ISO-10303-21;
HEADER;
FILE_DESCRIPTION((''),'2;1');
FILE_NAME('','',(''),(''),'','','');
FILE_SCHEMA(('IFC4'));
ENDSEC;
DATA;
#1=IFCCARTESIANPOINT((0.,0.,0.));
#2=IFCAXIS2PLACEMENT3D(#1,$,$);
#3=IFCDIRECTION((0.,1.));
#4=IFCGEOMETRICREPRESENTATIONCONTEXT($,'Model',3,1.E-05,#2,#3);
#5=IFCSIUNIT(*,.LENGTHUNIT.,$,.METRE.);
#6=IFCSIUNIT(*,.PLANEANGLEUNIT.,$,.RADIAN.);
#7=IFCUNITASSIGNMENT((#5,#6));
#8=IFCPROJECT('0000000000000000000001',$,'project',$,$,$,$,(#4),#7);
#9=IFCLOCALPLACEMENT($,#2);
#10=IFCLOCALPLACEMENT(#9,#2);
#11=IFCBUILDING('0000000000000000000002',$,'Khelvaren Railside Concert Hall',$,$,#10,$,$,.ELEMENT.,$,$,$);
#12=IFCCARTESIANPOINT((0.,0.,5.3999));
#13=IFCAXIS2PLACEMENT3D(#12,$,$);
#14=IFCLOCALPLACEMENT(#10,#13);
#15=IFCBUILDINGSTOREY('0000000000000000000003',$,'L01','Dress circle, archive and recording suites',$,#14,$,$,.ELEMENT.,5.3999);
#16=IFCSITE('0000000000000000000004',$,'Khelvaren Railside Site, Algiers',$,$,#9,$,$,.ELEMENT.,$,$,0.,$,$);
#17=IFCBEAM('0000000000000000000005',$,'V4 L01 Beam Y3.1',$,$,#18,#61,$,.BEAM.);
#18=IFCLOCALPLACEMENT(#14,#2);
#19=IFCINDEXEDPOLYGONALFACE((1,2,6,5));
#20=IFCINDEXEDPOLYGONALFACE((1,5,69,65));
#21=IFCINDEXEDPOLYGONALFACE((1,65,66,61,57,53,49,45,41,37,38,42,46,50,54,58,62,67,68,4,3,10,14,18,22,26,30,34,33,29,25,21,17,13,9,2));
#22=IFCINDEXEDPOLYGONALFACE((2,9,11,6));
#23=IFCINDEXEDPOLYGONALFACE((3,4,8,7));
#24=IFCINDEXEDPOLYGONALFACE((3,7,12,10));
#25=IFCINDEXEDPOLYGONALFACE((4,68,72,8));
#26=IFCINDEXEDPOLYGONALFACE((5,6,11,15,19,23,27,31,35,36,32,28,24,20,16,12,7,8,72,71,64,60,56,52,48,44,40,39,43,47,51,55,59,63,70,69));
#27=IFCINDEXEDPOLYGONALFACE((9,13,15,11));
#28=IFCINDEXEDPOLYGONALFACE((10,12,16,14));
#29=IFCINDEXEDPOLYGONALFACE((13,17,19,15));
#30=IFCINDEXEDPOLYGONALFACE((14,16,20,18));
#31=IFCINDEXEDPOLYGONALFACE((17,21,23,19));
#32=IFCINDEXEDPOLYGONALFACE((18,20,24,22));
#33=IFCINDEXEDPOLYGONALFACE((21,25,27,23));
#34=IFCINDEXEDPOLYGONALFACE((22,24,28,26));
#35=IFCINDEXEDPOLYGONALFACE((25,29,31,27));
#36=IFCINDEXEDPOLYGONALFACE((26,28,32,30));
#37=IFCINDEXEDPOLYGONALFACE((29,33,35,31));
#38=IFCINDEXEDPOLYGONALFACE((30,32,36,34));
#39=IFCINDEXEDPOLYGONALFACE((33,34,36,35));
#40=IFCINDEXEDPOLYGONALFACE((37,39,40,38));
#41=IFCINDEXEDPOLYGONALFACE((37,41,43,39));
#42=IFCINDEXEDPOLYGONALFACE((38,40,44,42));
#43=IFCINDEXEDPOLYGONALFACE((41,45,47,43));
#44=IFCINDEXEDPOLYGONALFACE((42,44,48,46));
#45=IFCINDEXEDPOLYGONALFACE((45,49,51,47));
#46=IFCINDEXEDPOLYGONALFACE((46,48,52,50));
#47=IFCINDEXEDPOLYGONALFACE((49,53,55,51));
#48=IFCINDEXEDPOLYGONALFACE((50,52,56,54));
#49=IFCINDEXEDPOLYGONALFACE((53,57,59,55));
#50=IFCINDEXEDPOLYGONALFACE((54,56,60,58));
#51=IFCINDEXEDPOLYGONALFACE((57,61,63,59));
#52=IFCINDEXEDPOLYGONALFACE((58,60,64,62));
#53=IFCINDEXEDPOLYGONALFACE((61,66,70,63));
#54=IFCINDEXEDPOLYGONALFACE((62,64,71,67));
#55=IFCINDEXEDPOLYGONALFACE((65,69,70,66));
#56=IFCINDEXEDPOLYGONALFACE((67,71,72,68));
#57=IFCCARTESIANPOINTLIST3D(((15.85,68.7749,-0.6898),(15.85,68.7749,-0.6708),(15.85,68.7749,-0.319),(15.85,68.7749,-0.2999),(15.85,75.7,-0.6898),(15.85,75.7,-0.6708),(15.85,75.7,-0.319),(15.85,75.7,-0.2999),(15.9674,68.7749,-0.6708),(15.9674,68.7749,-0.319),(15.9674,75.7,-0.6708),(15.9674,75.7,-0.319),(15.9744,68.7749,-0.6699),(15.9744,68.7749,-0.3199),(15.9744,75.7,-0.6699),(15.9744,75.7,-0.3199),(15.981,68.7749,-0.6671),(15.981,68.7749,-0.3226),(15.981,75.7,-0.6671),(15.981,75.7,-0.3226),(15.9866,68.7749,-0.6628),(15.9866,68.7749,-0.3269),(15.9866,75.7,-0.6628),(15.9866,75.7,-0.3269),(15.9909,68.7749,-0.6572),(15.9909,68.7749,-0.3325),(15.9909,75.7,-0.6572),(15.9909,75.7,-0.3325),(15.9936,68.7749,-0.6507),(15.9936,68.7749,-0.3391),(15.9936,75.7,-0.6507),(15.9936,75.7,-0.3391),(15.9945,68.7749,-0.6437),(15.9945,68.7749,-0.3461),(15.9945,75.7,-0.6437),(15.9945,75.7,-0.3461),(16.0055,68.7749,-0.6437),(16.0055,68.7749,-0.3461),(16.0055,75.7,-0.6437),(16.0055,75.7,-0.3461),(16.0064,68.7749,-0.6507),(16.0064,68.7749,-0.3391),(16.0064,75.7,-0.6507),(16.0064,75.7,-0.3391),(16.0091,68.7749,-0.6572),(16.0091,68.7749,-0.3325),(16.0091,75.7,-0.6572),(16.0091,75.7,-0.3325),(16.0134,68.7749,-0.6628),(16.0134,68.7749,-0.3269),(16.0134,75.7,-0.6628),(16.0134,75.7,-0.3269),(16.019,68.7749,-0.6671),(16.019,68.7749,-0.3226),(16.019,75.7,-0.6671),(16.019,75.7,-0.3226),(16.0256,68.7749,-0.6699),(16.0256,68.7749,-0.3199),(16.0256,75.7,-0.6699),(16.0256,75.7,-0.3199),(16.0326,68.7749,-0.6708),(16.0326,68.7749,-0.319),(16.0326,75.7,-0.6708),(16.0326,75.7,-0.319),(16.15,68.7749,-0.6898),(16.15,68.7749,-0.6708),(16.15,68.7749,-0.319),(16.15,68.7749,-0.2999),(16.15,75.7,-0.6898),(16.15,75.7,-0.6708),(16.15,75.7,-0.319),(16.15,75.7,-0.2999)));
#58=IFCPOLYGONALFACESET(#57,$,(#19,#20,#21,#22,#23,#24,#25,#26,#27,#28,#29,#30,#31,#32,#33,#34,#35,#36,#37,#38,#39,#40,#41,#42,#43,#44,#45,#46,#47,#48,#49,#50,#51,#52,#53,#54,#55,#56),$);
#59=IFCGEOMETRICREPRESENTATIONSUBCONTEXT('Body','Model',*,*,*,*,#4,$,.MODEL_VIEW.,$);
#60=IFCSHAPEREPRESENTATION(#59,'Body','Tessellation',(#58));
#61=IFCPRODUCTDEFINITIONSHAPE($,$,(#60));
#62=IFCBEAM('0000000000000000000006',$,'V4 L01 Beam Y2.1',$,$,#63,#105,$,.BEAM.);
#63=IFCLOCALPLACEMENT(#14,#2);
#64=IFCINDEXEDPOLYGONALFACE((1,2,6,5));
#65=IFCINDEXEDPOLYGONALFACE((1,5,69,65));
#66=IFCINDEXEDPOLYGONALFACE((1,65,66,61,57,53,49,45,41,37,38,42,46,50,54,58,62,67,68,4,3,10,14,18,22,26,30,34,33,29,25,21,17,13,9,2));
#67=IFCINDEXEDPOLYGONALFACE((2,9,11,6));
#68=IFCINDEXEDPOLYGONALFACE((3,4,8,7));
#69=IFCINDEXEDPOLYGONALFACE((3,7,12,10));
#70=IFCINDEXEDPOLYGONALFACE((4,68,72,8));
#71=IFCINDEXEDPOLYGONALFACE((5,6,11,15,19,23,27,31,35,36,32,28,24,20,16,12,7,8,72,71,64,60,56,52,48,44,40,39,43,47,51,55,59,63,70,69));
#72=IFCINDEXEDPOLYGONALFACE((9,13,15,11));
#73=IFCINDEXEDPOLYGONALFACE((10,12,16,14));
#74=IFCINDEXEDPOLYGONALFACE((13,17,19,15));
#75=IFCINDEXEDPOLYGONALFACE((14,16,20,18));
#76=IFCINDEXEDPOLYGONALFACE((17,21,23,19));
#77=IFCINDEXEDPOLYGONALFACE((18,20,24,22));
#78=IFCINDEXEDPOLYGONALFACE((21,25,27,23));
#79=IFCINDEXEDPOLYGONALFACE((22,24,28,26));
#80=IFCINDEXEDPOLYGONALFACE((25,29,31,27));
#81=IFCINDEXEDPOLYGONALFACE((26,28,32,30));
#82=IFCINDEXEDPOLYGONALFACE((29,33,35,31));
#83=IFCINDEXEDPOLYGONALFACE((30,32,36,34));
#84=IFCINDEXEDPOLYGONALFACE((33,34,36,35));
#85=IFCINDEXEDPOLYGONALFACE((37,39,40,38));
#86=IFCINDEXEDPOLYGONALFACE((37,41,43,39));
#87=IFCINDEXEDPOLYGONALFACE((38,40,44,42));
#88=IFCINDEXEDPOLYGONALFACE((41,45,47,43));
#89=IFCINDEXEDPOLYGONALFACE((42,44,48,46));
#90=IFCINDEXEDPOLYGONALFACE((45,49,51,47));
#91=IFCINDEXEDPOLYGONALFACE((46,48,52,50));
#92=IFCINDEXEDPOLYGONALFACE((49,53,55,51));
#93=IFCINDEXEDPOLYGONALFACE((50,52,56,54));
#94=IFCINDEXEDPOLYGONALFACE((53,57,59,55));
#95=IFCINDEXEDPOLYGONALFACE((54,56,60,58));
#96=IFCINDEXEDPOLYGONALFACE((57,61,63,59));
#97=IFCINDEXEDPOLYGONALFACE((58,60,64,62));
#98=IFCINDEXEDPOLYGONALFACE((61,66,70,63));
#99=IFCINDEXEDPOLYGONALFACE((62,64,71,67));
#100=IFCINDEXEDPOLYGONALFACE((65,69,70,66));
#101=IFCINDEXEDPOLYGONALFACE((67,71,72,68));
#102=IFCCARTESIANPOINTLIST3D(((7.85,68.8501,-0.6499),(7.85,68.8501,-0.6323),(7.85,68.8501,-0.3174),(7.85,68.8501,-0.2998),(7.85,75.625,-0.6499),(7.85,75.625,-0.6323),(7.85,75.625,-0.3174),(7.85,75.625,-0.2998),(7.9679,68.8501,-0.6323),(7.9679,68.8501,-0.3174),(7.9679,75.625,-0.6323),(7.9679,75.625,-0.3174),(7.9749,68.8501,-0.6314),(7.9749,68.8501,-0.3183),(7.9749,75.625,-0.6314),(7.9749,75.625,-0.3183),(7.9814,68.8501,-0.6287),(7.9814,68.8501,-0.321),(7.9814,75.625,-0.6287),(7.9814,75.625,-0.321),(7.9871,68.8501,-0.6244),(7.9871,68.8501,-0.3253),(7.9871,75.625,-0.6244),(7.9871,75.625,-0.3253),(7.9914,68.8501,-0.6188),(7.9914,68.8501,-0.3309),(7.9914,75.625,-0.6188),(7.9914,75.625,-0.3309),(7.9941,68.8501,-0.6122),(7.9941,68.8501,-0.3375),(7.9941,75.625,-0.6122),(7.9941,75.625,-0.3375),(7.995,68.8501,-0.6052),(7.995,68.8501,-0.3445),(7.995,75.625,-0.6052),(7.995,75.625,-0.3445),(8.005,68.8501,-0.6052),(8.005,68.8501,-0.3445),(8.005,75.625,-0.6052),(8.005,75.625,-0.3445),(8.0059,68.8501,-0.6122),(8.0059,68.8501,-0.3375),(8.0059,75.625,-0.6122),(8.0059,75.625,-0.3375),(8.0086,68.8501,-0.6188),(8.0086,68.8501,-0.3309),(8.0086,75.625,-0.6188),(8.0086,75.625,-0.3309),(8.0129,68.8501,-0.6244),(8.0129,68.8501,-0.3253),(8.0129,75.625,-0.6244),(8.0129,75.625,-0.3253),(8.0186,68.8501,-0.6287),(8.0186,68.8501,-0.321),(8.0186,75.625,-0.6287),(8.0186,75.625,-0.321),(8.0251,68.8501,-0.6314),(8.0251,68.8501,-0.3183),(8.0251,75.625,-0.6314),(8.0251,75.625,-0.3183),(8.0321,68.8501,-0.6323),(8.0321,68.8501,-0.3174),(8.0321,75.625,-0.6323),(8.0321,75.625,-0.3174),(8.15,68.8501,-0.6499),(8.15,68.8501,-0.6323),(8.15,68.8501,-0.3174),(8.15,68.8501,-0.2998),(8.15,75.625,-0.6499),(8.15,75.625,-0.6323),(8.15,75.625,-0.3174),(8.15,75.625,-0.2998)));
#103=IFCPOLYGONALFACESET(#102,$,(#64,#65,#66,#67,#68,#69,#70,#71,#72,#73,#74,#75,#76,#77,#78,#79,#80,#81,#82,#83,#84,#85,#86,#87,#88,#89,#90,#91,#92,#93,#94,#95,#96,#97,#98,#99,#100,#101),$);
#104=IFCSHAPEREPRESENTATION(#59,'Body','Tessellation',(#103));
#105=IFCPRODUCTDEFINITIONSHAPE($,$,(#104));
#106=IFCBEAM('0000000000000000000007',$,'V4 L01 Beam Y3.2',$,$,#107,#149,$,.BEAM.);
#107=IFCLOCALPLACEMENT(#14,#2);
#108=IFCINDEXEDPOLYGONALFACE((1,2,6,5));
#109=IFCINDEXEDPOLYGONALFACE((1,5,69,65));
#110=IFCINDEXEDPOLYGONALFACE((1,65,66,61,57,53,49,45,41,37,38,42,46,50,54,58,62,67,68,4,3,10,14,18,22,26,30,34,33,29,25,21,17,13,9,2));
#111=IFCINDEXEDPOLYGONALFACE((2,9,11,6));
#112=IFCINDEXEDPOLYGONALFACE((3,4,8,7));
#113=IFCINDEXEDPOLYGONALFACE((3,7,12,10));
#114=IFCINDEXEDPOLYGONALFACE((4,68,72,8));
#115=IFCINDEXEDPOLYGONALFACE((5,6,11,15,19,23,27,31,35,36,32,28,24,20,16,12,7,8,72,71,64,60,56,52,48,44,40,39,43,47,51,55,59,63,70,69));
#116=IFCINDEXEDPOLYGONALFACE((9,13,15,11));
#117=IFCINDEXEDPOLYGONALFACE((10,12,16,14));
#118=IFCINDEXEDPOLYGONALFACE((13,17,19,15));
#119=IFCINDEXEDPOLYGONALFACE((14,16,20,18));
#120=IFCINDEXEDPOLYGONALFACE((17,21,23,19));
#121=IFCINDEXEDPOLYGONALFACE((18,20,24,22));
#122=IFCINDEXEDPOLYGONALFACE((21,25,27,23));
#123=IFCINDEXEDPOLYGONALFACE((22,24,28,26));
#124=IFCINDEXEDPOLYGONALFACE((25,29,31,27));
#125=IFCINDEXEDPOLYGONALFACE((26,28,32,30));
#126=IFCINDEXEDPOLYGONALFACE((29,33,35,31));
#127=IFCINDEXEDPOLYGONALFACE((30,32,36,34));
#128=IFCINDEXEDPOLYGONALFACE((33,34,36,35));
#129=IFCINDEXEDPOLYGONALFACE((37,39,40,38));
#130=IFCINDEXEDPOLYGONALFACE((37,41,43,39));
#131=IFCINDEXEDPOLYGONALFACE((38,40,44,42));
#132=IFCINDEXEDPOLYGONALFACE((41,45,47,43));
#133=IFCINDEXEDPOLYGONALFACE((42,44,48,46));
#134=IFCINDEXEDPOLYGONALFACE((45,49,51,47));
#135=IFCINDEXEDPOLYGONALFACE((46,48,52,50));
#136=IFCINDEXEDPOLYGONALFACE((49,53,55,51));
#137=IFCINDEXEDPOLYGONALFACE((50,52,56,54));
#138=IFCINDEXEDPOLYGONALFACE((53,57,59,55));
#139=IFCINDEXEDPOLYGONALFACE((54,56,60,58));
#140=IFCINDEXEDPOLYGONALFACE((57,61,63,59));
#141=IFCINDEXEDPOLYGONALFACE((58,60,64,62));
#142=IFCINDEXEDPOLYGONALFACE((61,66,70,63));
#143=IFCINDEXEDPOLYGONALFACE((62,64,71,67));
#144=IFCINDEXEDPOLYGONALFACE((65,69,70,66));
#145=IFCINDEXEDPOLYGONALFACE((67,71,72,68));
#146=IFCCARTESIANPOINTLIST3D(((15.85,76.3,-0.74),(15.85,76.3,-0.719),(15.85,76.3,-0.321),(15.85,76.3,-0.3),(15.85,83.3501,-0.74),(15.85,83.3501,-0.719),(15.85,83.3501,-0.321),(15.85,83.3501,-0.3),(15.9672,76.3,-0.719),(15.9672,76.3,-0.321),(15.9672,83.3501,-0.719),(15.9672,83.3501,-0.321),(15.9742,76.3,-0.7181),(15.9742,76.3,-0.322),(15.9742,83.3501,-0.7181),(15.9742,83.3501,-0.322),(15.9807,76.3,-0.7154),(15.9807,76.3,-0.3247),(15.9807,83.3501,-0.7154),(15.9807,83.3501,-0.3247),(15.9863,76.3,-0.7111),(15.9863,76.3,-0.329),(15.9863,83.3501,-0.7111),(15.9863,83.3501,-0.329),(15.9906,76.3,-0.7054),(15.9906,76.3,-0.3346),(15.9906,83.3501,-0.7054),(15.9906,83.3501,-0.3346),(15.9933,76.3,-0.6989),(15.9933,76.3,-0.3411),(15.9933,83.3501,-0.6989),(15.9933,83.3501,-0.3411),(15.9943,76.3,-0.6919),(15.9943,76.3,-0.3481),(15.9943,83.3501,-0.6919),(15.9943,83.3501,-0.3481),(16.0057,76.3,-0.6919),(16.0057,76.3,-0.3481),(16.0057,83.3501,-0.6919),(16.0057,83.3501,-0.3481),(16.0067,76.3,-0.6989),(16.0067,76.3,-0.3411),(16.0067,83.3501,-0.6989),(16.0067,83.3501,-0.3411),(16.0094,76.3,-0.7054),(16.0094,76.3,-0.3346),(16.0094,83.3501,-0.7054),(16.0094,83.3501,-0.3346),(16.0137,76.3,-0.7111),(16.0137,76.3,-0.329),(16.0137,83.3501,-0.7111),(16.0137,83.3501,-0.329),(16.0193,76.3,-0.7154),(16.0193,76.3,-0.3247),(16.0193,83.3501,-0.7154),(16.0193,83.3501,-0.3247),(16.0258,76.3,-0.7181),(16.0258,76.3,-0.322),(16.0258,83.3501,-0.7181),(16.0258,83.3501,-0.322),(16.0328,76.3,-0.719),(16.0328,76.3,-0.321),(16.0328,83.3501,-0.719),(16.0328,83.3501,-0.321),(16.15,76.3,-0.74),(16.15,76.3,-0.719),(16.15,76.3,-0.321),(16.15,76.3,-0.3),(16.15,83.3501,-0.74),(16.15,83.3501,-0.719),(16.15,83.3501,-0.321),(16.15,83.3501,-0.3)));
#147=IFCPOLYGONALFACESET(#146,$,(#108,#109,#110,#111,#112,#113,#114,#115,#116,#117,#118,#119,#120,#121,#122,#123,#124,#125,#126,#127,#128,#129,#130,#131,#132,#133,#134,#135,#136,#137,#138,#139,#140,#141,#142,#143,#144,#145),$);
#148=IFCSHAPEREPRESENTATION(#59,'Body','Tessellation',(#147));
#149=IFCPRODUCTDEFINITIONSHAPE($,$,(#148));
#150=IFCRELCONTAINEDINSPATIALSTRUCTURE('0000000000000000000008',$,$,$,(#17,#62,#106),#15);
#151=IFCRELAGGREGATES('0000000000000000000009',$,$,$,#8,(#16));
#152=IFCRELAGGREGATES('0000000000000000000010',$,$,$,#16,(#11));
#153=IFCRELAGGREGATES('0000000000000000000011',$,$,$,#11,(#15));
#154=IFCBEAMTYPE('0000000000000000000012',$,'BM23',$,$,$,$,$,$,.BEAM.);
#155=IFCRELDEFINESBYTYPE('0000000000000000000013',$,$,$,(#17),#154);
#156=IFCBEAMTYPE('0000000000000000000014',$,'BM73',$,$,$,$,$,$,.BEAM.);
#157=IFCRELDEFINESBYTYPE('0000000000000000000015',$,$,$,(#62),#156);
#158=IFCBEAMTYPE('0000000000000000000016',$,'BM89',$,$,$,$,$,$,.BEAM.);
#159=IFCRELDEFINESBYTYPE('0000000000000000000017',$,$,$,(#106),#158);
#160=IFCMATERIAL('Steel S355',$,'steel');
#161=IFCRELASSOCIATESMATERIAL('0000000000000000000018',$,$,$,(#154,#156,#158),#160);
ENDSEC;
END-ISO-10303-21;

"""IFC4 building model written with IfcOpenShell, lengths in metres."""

from ifc_helpers import new_model, si_unit, direction, frame, origin, origin_2d, place, context, subcontext, project, spatial, i_section, extrude, material, material_profile, profile_set, type_object, element, save


model = new_model("IFC4")

# Units and contexts
model_context = context("Model", 3, precision=1e-05, world=origin(), true_north=direction((0.0, 1.0)))
body_context = subcontext(model_context, "Body", "Model", "MODEL_VIEW")
ifc_project = project(units=[si_unit("LENGTHUNIT", "METRE"), si_unit("PLANEANGLEUNIT", "RADIAN")], contexts=[model_context])

# Site, building, storey
site_placement = place(None, origin())
site = spatial("IfcSite", under=ifc_project, at=site_placement, Name="Khelvaren Railside Site, Algiers", CompositionType="ELEMENT", RefElevation=0.0)
building_placement = place(site_placement, origin())
building = spatial("IfcBuilding", under=site, at=building_placement, Name="Khelvaren Railside Concert Hall", CompositionType="ELEMENT")
storey_placement = place(building_placement, frame((0.0, 0.0, 5.3999)))
storey = spatial("IfcBuildingStorey", under=building, at=storey_placement, Name="L01", Description="Dress circle, archive and recording suites", CompositionType="ELEMENT", Elevation=5.3999)

# Beams
ifc_material_1 = material(Name="Steel S355", Category="steel")
ifc_material_profile_1 = material_profile(ifc_material_1, i_section(OverallWidth=0.3, OverallDepth=0.3899, WebThickness=0.011, FlangeThickness=0.019, FilletRadius=0.0271, at=origin_2d()), Name="HEA 400")
ifc_profile_set_1 = profile_set([ifc_material_profile_1], Name="Steel S355")
beam_type_1 = type_object("IfcBeamType", Name="BM23", PredefinedType="BEAM", material=ifc_profile_set_1)
for number, where, z_axis, x_axis, name in (
    (1, (16.0, 68.7749, -0.4949), (0.0, 1.0, 0.0), (-1.0, 0.0, 0.0), "V4 L01 Beam Y3.1"),
):
    element("IfcBeam", number, at=place(storey_placement, frame(where, z_axis=z_axis, x_axis=x_axis)), inside=storey, type_object=beam_type_1, Name=name, PredefinedType="BEAM", context=body_context, shape_type="SweptSolid", body=[
        extrude(i_section(OverallWidth=0.3, OverallDepth=0.3899, WebThickness=0.011, FlangeThickness=0.019, FilletRadius=0.0271, at=origin_2d()), origin(), (0.0, 0.0, 1.0), 6.925),
    ])
ifc_material_profile_2 = material_profile(ifc_material_1, i_section(OverallWidth=0.3, OverallDepth=0.3501, WebThickness=0.01, FlangeThickness=0.0176, FilletRadius=0.0271, at=origin_2d()), Name="HEA 360")
ifc_profile_set_2 = profile_set([ifc_material_profile_2], Name="Steel S355")
beam_type_2 = type_object("IfcBeamType", Name="BM73", PredefinedType="BEAM", material=ifc_profile_set_2)
beam_1_placement = place(storey_placement, frame((8.0, 68.8501, -0.4749), z_axis=(0.0, 1.0, 0.0), x_axis=(-1.0, 0.0, 0.0)))
element("IfcBeam", 2, at=beam_1_placement, inside=storey, type_object=beam_type_2, Name="V4 L01 Beam Y2.1", PredefinedType="BEAM", context=body_context, shape_type="SweptSolid", body=[
    extrude(i_section(OverallWidth=0.3, OverallDepth=0.3501, WebThickness=0.01, FlangeThickness=0.0176, FilletRadius=0.0271, at=origin_2d()), origin(), (0.0, 0.0, 1.0), 6.7749),
])
ifc_material_profile_3 = material_profile(ifc_material_1, i_section(OverallWidth=0.3, OverallDepth=0.4399, WebThickness=0.0115, FlangeThickness=0.021, FilletRadius=0.0271, at=origin_2d()), Name="HEA 450")
ifc_profile_set_3 = profile_set([ifc_material_profile_3], Name="Steel S355")
beam_type_3 = type_object("IfcBeamType", Name="BM89", PredefinedType="BEAM", material=ifc_profile_set_3)
beam_2_placement = place(storey_placement, frame((16.0, 76.3, -0.52), z_axis=(0.0, 1.0, 0.0), x_axis=(-1.0, 0.0, 0.0)))
element("IfcBeam", 3, at=beam_2_placement, inside=storey, type_object=beam_type_3, Name="V4 L01 Beam Y3.2", PredefinedType="BEAM", context=body_context, shape_type="SweptSolid", body=[
    extrude(i_section(OverallWidth=0.3, OverallDepth=0.4399, WebThickness=0.0115, FlangeThickness=0.021, FilletRadius=0.0271, at=origin_2d()), origin(), (0.0, 0.0, 1.0), 7.05),
])

save(model, "model.ifc")
